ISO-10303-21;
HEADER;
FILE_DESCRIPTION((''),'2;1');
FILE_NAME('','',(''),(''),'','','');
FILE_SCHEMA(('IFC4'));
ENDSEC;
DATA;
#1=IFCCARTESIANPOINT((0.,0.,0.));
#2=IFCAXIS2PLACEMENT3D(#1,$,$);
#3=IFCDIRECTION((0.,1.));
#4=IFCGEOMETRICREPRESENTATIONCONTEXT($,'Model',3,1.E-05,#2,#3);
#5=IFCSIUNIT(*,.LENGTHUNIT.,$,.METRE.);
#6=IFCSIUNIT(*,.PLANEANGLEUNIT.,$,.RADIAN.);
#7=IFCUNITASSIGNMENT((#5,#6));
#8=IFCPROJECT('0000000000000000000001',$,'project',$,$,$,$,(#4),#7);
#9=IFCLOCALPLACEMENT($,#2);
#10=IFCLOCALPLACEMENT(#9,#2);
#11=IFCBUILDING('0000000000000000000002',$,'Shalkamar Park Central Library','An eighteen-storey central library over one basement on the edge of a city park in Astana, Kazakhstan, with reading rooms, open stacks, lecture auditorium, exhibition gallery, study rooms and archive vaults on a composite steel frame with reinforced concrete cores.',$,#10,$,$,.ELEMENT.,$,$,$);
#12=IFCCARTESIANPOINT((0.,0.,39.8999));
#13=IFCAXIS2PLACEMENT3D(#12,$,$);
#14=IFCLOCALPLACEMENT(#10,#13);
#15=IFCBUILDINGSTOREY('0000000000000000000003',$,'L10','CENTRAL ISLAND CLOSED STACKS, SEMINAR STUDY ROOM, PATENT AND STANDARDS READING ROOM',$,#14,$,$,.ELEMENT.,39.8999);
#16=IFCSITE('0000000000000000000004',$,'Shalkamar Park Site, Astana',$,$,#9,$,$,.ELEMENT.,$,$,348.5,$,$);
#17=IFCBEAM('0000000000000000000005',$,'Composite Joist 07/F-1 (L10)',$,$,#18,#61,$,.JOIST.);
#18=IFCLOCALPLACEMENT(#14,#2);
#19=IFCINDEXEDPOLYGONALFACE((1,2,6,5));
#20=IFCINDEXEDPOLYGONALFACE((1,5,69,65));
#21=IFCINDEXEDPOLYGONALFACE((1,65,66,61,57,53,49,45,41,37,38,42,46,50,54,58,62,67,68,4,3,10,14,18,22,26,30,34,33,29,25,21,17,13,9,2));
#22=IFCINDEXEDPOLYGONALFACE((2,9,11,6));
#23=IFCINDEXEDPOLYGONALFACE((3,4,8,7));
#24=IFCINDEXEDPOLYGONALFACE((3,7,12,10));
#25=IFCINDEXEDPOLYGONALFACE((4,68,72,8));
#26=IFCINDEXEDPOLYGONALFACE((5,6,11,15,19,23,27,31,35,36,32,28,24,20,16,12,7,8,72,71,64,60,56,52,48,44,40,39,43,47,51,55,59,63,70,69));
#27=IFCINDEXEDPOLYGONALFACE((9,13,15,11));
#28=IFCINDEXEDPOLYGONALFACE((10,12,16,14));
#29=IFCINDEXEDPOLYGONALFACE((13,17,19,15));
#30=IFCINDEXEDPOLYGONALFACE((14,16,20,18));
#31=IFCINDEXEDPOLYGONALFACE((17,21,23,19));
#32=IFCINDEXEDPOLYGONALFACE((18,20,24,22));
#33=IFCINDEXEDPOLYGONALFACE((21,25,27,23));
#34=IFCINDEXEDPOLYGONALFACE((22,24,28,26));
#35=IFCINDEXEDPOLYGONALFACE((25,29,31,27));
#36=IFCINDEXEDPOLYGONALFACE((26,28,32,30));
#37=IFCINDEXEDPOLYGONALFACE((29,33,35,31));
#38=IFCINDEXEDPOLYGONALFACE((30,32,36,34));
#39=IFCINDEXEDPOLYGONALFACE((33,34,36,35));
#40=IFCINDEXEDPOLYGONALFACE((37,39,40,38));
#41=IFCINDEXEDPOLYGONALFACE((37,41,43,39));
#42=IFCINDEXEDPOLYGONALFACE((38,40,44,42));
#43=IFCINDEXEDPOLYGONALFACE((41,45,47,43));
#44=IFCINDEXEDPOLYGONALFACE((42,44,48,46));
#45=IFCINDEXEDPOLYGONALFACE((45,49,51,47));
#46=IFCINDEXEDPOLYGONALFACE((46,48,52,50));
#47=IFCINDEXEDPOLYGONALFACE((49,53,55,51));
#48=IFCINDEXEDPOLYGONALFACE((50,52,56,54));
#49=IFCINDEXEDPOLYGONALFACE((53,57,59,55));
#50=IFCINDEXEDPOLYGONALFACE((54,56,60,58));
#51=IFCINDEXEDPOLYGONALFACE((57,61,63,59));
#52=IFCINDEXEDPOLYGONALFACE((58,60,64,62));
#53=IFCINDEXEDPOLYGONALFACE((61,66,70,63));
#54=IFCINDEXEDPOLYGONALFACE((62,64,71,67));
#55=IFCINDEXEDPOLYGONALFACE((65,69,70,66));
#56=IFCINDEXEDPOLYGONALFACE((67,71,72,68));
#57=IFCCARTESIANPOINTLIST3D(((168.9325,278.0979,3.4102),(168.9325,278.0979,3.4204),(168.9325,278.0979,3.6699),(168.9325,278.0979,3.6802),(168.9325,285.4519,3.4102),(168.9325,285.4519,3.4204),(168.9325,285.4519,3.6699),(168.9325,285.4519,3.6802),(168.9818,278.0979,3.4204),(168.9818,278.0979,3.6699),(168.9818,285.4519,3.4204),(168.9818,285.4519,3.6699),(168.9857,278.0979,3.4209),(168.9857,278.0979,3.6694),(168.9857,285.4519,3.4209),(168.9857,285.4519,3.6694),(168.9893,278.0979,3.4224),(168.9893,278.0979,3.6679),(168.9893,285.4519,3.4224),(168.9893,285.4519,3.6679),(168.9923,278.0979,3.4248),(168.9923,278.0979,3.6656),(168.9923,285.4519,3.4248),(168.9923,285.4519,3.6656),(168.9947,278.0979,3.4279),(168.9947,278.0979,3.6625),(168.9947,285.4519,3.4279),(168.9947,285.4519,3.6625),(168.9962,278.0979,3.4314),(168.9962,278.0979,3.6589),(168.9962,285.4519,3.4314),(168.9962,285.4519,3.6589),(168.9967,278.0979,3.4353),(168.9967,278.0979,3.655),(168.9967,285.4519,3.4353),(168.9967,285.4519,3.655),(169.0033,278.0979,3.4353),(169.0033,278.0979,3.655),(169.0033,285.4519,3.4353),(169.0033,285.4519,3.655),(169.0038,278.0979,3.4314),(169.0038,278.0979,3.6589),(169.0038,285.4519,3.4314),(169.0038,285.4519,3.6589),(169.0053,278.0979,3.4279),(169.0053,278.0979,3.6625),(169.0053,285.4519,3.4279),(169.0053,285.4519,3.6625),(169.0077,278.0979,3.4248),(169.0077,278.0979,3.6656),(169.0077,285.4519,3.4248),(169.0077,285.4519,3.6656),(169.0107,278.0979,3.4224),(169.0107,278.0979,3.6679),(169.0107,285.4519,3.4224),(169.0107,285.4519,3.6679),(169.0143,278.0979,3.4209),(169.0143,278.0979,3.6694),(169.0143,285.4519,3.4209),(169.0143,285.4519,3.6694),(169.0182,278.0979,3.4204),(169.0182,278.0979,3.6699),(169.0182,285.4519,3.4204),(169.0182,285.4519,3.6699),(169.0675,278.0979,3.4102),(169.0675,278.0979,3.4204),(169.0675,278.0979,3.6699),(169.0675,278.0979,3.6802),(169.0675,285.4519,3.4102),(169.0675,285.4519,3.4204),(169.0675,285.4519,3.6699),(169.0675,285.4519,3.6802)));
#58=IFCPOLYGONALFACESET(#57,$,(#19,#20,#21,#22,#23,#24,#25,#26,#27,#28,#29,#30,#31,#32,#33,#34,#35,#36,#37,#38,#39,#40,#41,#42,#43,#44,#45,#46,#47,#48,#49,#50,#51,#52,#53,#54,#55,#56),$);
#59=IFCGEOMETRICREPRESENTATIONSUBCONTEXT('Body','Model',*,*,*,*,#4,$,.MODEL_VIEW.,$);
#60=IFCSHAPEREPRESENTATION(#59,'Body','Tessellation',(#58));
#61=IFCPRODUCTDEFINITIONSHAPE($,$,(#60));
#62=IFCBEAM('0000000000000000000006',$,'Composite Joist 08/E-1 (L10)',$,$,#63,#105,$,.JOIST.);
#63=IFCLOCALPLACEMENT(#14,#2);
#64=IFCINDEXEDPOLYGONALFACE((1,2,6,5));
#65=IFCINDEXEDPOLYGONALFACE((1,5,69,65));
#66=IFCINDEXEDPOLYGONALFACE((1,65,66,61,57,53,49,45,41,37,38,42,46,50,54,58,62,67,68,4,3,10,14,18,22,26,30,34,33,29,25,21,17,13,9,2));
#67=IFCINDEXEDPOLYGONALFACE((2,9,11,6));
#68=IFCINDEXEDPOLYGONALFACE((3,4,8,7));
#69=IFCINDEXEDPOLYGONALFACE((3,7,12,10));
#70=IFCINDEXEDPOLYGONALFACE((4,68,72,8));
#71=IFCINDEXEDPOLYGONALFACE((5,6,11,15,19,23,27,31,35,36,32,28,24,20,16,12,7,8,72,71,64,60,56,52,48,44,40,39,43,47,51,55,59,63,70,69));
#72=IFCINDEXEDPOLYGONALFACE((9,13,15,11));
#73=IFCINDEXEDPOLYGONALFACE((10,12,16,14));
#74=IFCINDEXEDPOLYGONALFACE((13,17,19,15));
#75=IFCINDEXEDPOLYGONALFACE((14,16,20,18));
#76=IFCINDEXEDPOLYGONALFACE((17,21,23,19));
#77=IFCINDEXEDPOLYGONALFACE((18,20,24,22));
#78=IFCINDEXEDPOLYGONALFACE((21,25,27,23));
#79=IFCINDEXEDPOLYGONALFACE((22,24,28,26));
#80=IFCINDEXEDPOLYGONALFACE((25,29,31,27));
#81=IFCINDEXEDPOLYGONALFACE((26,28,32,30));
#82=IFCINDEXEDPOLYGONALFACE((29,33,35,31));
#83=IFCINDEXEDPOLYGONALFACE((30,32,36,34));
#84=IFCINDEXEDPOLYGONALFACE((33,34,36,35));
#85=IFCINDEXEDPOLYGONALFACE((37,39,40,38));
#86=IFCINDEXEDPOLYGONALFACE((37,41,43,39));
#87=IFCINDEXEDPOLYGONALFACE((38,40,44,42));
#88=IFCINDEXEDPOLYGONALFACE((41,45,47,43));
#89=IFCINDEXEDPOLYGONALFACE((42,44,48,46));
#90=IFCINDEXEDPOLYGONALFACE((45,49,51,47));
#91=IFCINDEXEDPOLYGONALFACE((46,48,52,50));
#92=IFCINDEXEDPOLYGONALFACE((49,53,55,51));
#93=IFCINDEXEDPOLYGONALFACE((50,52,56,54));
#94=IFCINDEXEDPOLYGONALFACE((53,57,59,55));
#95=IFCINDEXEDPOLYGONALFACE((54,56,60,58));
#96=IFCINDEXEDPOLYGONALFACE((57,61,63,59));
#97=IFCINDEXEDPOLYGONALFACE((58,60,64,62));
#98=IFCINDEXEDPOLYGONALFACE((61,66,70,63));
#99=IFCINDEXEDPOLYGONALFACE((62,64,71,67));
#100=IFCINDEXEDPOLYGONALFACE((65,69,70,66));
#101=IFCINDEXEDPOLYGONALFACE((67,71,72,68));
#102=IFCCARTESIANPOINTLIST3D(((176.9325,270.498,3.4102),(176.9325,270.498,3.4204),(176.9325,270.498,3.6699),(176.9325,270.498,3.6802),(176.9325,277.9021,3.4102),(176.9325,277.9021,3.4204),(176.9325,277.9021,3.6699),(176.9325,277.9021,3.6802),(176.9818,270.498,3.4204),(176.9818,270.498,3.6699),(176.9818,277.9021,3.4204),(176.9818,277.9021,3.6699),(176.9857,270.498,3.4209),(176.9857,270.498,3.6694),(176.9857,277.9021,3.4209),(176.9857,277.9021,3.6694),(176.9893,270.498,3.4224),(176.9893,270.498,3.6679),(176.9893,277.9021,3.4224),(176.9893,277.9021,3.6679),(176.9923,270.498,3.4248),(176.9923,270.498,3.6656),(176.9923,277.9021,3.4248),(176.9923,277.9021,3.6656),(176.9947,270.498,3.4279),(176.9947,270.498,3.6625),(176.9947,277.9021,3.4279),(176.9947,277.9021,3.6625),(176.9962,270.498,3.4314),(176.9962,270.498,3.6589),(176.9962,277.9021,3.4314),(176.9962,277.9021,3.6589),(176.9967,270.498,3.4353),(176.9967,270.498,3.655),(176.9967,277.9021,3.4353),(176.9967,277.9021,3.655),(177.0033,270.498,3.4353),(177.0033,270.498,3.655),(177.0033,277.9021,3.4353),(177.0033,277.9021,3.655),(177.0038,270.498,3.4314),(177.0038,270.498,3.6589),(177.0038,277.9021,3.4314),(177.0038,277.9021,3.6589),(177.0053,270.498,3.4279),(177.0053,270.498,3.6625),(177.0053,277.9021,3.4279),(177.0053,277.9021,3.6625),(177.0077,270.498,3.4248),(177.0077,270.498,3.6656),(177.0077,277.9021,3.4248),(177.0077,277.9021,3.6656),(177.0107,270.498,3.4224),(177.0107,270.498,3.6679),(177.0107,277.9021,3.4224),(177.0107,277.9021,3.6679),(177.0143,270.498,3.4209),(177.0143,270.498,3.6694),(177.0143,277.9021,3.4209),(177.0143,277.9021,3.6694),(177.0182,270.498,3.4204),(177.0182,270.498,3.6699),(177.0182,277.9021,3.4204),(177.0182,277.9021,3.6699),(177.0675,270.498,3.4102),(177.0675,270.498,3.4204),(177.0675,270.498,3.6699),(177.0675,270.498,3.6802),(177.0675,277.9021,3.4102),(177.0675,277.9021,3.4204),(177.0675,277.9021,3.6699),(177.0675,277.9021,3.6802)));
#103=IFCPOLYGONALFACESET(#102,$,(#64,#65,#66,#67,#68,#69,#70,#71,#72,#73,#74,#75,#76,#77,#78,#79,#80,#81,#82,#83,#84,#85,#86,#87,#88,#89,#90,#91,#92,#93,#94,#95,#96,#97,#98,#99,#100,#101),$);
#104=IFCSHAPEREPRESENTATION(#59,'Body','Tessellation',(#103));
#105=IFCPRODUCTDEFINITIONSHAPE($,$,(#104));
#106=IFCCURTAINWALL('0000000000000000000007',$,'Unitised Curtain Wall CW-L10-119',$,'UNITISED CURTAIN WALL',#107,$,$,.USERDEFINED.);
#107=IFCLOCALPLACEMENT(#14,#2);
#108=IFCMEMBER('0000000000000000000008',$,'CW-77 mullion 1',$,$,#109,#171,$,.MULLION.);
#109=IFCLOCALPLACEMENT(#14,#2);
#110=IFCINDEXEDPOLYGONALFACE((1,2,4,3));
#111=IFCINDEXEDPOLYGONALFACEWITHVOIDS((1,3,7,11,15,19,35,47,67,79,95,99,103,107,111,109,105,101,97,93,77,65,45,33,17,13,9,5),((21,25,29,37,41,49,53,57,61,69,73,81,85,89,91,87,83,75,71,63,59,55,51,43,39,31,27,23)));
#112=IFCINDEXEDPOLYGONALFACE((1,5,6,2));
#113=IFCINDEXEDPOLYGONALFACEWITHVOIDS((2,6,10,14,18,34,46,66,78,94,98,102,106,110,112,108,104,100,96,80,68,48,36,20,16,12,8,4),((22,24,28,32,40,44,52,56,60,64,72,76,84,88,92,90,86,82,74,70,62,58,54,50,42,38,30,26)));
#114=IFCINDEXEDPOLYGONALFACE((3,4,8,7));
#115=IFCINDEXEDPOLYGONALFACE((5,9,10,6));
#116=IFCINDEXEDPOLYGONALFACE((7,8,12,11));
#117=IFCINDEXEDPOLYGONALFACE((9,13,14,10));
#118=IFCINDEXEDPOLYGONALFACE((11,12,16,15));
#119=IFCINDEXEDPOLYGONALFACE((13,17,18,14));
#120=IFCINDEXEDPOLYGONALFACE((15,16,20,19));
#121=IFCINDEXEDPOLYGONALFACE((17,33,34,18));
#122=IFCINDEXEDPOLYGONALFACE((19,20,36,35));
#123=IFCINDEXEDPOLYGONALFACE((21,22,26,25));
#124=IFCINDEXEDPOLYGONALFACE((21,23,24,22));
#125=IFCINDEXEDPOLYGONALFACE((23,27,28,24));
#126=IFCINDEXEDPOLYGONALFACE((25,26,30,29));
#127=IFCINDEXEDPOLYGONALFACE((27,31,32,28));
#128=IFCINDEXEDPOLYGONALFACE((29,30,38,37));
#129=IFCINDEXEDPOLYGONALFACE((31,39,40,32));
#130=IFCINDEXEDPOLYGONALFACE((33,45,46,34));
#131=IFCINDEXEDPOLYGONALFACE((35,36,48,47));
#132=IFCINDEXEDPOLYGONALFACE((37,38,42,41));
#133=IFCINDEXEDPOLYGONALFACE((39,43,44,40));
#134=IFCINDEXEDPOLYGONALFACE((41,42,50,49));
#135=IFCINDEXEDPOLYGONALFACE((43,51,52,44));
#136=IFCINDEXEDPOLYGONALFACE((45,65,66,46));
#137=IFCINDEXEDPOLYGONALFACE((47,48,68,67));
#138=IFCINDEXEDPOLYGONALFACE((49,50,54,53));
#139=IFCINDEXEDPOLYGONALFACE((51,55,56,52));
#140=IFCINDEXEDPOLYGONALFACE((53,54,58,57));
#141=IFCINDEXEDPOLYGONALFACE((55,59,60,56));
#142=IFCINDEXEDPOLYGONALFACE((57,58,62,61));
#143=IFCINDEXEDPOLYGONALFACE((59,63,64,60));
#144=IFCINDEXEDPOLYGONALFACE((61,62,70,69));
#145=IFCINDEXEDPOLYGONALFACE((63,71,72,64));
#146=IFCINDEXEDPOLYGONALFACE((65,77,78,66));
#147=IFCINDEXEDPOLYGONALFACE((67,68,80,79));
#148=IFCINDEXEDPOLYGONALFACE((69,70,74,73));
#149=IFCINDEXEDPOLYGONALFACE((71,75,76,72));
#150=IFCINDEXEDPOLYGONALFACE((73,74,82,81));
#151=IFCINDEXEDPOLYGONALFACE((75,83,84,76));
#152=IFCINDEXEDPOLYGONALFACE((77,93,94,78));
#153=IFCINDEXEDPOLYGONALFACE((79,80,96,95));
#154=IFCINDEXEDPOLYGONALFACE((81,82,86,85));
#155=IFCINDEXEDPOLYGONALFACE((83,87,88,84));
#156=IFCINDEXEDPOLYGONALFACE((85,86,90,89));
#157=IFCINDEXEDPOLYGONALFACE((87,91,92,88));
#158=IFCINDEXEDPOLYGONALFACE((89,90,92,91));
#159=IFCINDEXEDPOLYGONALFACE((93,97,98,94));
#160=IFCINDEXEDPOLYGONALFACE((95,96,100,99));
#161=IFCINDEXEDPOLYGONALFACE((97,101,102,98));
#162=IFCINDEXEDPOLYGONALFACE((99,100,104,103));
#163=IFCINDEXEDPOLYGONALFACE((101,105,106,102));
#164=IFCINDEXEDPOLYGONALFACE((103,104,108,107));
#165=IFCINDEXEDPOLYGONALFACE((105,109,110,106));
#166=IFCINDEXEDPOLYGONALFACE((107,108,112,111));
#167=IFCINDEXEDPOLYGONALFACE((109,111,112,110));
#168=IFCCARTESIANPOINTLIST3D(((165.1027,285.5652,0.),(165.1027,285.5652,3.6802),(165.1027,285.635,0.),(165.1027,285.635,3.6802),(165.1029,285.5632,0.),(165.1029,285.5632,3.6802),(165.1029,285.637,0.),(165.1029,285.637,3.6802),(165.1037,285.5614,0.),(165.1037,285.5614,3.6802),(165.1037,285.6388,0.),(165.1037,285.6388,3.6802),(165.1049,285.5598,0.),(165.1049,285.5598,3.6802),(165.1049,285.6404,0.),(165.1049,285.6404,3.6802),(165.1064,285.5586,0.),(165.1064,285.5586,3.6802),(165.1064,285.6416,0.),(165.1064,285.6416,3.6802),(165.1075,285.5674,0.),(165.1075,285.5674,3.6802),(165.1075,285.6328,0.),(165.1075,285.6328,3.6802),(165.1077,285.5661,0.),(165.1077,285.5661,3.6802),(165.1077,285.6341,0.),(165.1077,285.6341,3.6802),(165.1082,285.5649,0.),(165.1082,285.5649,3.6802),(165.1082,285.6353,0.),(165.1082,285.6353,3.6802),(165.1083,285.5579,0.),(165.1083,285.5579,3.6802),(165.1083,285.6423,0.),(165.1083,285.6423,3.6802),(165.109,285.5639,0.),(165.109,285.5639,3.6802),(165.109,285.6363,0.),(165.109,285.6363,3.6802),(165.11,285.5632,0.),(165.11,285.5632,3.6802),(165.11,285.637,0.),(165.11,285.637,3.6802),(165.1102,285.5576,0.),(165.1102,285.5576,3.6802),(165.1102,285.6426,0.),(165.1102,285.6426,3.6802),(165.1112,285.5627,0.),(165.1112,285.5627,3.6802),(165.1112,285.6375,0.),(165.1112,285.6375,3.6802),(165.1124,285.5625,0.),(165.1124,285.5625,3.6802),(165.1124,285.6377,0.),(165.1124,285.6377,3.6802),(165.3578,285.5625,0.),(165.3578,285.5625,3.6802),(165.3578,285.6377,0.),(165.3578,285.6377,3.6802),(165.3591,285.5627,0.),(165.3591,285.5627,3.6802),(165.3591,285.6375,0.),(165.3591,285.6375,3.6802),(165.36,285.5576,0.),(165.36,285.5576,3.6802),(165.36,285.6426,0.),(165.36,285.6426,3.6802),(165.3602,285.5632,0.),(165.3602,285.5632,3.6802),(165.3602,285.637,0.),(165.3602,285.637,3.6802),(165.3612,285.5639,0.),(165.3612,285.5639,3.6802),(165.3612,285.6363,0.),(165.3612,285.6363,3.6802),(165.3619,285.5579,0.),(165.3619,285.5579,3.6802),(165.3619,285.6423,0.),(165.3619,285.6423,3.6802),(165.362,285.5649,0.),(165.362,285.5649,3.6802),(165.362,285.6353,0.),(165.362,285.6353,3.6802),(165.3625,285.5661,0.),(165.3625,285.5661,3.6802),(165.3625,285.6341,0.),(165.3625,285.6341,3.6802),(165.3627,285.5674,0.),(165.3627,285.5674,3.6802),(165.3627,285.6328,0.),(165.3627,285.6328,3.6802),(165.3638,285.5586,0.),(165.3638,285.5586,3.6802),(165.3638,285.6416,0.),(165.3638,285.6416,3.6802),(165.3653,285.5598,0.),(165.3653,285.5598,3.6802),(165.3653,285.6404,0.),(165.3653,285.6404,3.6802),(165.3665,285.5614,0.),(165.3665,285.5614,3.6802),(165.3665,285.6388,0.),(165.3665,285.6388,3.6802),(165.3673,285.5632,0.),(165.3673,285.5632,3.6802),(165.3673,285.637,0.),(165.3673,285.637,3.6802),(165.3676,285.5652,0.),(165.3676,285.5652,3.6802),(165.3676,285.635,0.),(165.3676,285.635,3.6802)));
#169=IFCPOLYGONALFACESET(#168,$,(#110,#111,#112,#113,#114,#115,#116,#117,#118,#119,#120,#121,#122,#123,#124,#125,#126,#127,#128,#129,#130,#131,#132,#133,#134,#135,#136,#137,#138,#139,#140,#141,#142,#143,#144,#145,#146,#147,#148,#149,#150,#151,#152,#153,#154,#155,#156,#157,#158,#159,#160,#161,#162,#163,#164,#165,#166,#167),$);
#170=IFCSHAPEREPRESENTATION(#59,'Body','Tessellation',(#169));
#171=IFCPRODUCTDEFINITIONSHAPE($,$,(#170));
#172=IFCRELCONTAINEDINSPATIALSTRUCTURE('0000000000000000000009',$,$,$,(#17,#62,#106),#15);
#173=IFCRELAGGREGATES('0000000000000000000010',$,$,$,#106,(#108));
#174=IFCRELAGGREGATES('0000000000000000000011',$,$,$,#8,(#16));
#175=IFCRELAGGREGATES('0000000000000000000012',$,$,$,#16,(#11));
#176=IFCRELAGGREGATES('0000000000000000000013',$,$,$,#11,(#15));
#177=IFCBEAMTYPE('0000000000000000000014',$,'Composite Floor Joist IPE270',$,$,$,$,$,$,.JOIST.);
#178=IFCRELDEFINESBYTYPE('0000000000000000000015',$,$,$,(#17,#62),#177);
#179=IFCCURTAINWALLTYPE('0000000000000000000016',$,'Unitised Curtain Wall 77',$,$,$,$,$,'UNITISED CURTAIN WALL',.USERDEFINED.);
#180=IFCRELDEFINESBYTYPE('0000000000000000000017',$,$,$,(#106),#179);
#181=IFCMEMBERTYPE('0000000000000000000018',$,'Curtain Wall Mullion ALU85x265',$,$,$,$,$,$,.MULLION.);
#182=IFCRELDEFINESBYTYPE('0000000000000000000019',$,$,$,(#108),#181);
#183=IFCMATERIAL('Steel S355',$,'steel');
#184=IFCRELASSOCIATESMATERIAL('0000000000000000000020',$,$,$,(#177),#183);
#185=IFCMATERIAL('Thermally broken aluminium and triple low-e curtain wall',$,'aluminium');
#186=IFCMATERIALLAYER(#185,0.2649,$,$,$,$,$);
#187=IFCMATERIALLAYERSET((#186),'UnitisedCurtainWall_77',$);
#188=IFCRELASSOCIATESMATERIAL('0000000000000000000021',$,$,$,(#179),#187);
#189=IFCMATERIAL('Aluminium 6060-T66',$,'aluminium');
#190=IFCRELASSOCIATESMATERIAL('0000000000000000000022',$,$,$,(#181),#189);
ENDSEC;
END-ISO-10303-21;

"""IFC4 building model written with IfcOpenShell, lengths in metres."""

from ifc_helpers import new_model, si_unit, direction, frame, origin, origin_2d, place, context, subcontext, project, spatial, hollow_rectangle, i_section, extrude, material, layer, layer_set, material_profile, profile_set, type_object, element, aggregate, save


model = new_model("IFC4")

# Units and contexts
model_context = context("Model", 3, precision=1e-05, world=origin(), true_north=direction((0.0, 1.0)))
body_context = subcontext(model_context, "Body", "Model", "MODEL_VIEW")
ifc_project = project(units=[si_unit("LENGTHUNIT", "METRE"), si_unit("PLANEANGLEUNIT", "RADIAN")], contexts=[model_context])

# Site, building, storey
site_placement = place(None, origin())
site = spatial("IfcSite", under=ifc_project, at=site_placement, Name="Shalkamar Park Site, Astana", CompositionType="ELEMENT", RefElevation=348.5)
building_placement = place(site_placement, origin())
building = spatial("IfcBuilding", under=site, at=building_placement, Name="Shalkamar Park Central Library", Description="An eighteen-storey central library over one basement on the edge of a city park in Astana, Kazakhstan, with reading rooms, open stacks, lecture auditorium, exhibition gallery, study rooms and archive vaults on a composite steel frame with reinforced concrete cores.", CompositionType="ELEMENT")
storey_placement = place(building_placement, frame((0.0, 0.0, 39.8999)))
storey = spatial("IfcBuildingStorey", under=building, at=storey_placement, Name="L10", Description="CENTRAL ISLAND CLOSED STACKS, SEMINAR STUDY ROOM, PATENT AND STANDARDS READING ROOM", CompositionType="ELEMENT", Elevation=39.8999)

# Shared definitions
ifc_material_1 = material(Name="Steel S355", Category="steel")

# Beams
ifc_material_profile_1 = material_profile(ifc_material_1, i_section(OverallWidth=0.135, OverallDepth=0.27, WebThickness=0.0066, FlangeThickness=0.0103, FilletRadius=0.0149, at=origin_2d()), Name="IPE 270")
ifc_profile_set_1 = profile_set([ifc_material_profile_1], Name="Steel S355")
beam_type_1 = type_object("IfcBeamType", Name="Composite Floor Joist IPE270", PredefinedType="JOIST", material=ifc_profile_set_1)
beam_1_placement = place(storey_placement, frame((169.0, 278.0979, 3.5452), z_axis=(0.0, 1.0, 0.0), x_axis=(-1.0, 0.0, 0.0)))
element("IfcBeam", 1, at=beam_1_placement, inside=storey, type_object=beam_type_1, Name="Composite Joist 07/F-1 (L10)", PredefinedType="JOIST", context=body_context, shape_type="SweptSolid", body=[
    extrude(i_section(OverallWidth=0.135, OverallDepth=0.27, WebThickness=0.0066, FlangeThickness=0.0103, FilletRadius=0.0149, at=origin_2d()), origin(), (0.0, 0.0, 1.0), 7.354),
])
beam_2_placement = place(storey_placement, frame((177.0, 270.498, 3.5452), z_axis=(0.0, 1.0, 0.0), x_axis=(-1.0, 0.0, 0.0)))
element("IfcBeam", 2, at=beam_2_placement, inside=storey, type_object=beam_type_1, Name="Composite Joist 08/E-1 (L10)", PredefinedType="JOIST", context=body_context, shape_type="SweptSolid", body=[
    extrude(i_section(OverallWidth=0.135, OverallDepth=0.27, WebThickness=0.0066, FlangeThickness=0.0103, FilletRadius=0.0149, at=origin_2d()), origin(), (0.0, 0.0, 1.0), 7.4041),
])

# Curtain wall, member
ifc_material_2 = material(Name="Thermally broken aluminium and triple low-e curtain wall", Category="aluminium")
ifc_layer_1 = layer(ifc_material_2, 0.2649)
ifc_layer_set_1 = layer_set([ifc_layer_1], Name="UnitisedCurtainWall_77")
curtain_wall_type = type_object("IfcCurtainWallType", Name="Unitised Curtain Wall 77", ElementType="UNITISED CURTAIN WALL", PredefinedType="USERDEFINED", material=ifc_layer_set_1)
curtain_wall_placement = place(storey_placement, origin())
curtain_wall = element("IfcCurtainWall", 3, at=curtain_wall_placement, inside=storey, type_object=curtain_wall_type, Name="Unitised Curtain Wall CW-L10-119", ObjectType="UNITISED CURTAIN WALL", PredefinedType="USERDEFINED")
ifc_material_3 = material(Name="Aluminium 6060-T66", Category="aluminium")
ifc_material_profile_2 = material_profile(ifc_material_3, hollow_rectangle(XDim=0.085, YDim=0.2649, WallThickness=0.0049, InnerFilletRadius=0.0049, OuterFilletRadius=0.0076, at=origin_2d()), Name="ALU 85x265x5")
ifc_profile_set_2 = profile_set([ifc_material_profile_2], Name="Aluminium 6060-T66")
member_type_1 = type_object("IfcMemberType", Name="Curtain Wall Mullion ALU85x265", PredefinedType="MULLION", material=ifc_profile_set_2)
member_1_placement = place(storey_placement, frame((165.2351, 285.6001, 0.0), z_axis=(0.0, 0.0, 1.0), x_axis=(0.0, 1.0, 0.0)))
member_1 = element("IfcMember", 4, at=member_1_placement, type_object=member_type_1, Name="CW-77 mullion 1", PredefinedType="MULLION", context=body_context, shape_type="SweptSolid", body=[
    extrude(hollow_rectangle(XDim=0.085, YDim=0.2649, WallThickness=0.0049, InnerFilletRadius=0.0049, OuterFilletRadius=0.0076, at=origin_2d()), origin(), (0.0, 0.0, 1.0), 3.6802),
])
aggregate(curtain_wall, [member_1])

save(model, "model.ifc")
